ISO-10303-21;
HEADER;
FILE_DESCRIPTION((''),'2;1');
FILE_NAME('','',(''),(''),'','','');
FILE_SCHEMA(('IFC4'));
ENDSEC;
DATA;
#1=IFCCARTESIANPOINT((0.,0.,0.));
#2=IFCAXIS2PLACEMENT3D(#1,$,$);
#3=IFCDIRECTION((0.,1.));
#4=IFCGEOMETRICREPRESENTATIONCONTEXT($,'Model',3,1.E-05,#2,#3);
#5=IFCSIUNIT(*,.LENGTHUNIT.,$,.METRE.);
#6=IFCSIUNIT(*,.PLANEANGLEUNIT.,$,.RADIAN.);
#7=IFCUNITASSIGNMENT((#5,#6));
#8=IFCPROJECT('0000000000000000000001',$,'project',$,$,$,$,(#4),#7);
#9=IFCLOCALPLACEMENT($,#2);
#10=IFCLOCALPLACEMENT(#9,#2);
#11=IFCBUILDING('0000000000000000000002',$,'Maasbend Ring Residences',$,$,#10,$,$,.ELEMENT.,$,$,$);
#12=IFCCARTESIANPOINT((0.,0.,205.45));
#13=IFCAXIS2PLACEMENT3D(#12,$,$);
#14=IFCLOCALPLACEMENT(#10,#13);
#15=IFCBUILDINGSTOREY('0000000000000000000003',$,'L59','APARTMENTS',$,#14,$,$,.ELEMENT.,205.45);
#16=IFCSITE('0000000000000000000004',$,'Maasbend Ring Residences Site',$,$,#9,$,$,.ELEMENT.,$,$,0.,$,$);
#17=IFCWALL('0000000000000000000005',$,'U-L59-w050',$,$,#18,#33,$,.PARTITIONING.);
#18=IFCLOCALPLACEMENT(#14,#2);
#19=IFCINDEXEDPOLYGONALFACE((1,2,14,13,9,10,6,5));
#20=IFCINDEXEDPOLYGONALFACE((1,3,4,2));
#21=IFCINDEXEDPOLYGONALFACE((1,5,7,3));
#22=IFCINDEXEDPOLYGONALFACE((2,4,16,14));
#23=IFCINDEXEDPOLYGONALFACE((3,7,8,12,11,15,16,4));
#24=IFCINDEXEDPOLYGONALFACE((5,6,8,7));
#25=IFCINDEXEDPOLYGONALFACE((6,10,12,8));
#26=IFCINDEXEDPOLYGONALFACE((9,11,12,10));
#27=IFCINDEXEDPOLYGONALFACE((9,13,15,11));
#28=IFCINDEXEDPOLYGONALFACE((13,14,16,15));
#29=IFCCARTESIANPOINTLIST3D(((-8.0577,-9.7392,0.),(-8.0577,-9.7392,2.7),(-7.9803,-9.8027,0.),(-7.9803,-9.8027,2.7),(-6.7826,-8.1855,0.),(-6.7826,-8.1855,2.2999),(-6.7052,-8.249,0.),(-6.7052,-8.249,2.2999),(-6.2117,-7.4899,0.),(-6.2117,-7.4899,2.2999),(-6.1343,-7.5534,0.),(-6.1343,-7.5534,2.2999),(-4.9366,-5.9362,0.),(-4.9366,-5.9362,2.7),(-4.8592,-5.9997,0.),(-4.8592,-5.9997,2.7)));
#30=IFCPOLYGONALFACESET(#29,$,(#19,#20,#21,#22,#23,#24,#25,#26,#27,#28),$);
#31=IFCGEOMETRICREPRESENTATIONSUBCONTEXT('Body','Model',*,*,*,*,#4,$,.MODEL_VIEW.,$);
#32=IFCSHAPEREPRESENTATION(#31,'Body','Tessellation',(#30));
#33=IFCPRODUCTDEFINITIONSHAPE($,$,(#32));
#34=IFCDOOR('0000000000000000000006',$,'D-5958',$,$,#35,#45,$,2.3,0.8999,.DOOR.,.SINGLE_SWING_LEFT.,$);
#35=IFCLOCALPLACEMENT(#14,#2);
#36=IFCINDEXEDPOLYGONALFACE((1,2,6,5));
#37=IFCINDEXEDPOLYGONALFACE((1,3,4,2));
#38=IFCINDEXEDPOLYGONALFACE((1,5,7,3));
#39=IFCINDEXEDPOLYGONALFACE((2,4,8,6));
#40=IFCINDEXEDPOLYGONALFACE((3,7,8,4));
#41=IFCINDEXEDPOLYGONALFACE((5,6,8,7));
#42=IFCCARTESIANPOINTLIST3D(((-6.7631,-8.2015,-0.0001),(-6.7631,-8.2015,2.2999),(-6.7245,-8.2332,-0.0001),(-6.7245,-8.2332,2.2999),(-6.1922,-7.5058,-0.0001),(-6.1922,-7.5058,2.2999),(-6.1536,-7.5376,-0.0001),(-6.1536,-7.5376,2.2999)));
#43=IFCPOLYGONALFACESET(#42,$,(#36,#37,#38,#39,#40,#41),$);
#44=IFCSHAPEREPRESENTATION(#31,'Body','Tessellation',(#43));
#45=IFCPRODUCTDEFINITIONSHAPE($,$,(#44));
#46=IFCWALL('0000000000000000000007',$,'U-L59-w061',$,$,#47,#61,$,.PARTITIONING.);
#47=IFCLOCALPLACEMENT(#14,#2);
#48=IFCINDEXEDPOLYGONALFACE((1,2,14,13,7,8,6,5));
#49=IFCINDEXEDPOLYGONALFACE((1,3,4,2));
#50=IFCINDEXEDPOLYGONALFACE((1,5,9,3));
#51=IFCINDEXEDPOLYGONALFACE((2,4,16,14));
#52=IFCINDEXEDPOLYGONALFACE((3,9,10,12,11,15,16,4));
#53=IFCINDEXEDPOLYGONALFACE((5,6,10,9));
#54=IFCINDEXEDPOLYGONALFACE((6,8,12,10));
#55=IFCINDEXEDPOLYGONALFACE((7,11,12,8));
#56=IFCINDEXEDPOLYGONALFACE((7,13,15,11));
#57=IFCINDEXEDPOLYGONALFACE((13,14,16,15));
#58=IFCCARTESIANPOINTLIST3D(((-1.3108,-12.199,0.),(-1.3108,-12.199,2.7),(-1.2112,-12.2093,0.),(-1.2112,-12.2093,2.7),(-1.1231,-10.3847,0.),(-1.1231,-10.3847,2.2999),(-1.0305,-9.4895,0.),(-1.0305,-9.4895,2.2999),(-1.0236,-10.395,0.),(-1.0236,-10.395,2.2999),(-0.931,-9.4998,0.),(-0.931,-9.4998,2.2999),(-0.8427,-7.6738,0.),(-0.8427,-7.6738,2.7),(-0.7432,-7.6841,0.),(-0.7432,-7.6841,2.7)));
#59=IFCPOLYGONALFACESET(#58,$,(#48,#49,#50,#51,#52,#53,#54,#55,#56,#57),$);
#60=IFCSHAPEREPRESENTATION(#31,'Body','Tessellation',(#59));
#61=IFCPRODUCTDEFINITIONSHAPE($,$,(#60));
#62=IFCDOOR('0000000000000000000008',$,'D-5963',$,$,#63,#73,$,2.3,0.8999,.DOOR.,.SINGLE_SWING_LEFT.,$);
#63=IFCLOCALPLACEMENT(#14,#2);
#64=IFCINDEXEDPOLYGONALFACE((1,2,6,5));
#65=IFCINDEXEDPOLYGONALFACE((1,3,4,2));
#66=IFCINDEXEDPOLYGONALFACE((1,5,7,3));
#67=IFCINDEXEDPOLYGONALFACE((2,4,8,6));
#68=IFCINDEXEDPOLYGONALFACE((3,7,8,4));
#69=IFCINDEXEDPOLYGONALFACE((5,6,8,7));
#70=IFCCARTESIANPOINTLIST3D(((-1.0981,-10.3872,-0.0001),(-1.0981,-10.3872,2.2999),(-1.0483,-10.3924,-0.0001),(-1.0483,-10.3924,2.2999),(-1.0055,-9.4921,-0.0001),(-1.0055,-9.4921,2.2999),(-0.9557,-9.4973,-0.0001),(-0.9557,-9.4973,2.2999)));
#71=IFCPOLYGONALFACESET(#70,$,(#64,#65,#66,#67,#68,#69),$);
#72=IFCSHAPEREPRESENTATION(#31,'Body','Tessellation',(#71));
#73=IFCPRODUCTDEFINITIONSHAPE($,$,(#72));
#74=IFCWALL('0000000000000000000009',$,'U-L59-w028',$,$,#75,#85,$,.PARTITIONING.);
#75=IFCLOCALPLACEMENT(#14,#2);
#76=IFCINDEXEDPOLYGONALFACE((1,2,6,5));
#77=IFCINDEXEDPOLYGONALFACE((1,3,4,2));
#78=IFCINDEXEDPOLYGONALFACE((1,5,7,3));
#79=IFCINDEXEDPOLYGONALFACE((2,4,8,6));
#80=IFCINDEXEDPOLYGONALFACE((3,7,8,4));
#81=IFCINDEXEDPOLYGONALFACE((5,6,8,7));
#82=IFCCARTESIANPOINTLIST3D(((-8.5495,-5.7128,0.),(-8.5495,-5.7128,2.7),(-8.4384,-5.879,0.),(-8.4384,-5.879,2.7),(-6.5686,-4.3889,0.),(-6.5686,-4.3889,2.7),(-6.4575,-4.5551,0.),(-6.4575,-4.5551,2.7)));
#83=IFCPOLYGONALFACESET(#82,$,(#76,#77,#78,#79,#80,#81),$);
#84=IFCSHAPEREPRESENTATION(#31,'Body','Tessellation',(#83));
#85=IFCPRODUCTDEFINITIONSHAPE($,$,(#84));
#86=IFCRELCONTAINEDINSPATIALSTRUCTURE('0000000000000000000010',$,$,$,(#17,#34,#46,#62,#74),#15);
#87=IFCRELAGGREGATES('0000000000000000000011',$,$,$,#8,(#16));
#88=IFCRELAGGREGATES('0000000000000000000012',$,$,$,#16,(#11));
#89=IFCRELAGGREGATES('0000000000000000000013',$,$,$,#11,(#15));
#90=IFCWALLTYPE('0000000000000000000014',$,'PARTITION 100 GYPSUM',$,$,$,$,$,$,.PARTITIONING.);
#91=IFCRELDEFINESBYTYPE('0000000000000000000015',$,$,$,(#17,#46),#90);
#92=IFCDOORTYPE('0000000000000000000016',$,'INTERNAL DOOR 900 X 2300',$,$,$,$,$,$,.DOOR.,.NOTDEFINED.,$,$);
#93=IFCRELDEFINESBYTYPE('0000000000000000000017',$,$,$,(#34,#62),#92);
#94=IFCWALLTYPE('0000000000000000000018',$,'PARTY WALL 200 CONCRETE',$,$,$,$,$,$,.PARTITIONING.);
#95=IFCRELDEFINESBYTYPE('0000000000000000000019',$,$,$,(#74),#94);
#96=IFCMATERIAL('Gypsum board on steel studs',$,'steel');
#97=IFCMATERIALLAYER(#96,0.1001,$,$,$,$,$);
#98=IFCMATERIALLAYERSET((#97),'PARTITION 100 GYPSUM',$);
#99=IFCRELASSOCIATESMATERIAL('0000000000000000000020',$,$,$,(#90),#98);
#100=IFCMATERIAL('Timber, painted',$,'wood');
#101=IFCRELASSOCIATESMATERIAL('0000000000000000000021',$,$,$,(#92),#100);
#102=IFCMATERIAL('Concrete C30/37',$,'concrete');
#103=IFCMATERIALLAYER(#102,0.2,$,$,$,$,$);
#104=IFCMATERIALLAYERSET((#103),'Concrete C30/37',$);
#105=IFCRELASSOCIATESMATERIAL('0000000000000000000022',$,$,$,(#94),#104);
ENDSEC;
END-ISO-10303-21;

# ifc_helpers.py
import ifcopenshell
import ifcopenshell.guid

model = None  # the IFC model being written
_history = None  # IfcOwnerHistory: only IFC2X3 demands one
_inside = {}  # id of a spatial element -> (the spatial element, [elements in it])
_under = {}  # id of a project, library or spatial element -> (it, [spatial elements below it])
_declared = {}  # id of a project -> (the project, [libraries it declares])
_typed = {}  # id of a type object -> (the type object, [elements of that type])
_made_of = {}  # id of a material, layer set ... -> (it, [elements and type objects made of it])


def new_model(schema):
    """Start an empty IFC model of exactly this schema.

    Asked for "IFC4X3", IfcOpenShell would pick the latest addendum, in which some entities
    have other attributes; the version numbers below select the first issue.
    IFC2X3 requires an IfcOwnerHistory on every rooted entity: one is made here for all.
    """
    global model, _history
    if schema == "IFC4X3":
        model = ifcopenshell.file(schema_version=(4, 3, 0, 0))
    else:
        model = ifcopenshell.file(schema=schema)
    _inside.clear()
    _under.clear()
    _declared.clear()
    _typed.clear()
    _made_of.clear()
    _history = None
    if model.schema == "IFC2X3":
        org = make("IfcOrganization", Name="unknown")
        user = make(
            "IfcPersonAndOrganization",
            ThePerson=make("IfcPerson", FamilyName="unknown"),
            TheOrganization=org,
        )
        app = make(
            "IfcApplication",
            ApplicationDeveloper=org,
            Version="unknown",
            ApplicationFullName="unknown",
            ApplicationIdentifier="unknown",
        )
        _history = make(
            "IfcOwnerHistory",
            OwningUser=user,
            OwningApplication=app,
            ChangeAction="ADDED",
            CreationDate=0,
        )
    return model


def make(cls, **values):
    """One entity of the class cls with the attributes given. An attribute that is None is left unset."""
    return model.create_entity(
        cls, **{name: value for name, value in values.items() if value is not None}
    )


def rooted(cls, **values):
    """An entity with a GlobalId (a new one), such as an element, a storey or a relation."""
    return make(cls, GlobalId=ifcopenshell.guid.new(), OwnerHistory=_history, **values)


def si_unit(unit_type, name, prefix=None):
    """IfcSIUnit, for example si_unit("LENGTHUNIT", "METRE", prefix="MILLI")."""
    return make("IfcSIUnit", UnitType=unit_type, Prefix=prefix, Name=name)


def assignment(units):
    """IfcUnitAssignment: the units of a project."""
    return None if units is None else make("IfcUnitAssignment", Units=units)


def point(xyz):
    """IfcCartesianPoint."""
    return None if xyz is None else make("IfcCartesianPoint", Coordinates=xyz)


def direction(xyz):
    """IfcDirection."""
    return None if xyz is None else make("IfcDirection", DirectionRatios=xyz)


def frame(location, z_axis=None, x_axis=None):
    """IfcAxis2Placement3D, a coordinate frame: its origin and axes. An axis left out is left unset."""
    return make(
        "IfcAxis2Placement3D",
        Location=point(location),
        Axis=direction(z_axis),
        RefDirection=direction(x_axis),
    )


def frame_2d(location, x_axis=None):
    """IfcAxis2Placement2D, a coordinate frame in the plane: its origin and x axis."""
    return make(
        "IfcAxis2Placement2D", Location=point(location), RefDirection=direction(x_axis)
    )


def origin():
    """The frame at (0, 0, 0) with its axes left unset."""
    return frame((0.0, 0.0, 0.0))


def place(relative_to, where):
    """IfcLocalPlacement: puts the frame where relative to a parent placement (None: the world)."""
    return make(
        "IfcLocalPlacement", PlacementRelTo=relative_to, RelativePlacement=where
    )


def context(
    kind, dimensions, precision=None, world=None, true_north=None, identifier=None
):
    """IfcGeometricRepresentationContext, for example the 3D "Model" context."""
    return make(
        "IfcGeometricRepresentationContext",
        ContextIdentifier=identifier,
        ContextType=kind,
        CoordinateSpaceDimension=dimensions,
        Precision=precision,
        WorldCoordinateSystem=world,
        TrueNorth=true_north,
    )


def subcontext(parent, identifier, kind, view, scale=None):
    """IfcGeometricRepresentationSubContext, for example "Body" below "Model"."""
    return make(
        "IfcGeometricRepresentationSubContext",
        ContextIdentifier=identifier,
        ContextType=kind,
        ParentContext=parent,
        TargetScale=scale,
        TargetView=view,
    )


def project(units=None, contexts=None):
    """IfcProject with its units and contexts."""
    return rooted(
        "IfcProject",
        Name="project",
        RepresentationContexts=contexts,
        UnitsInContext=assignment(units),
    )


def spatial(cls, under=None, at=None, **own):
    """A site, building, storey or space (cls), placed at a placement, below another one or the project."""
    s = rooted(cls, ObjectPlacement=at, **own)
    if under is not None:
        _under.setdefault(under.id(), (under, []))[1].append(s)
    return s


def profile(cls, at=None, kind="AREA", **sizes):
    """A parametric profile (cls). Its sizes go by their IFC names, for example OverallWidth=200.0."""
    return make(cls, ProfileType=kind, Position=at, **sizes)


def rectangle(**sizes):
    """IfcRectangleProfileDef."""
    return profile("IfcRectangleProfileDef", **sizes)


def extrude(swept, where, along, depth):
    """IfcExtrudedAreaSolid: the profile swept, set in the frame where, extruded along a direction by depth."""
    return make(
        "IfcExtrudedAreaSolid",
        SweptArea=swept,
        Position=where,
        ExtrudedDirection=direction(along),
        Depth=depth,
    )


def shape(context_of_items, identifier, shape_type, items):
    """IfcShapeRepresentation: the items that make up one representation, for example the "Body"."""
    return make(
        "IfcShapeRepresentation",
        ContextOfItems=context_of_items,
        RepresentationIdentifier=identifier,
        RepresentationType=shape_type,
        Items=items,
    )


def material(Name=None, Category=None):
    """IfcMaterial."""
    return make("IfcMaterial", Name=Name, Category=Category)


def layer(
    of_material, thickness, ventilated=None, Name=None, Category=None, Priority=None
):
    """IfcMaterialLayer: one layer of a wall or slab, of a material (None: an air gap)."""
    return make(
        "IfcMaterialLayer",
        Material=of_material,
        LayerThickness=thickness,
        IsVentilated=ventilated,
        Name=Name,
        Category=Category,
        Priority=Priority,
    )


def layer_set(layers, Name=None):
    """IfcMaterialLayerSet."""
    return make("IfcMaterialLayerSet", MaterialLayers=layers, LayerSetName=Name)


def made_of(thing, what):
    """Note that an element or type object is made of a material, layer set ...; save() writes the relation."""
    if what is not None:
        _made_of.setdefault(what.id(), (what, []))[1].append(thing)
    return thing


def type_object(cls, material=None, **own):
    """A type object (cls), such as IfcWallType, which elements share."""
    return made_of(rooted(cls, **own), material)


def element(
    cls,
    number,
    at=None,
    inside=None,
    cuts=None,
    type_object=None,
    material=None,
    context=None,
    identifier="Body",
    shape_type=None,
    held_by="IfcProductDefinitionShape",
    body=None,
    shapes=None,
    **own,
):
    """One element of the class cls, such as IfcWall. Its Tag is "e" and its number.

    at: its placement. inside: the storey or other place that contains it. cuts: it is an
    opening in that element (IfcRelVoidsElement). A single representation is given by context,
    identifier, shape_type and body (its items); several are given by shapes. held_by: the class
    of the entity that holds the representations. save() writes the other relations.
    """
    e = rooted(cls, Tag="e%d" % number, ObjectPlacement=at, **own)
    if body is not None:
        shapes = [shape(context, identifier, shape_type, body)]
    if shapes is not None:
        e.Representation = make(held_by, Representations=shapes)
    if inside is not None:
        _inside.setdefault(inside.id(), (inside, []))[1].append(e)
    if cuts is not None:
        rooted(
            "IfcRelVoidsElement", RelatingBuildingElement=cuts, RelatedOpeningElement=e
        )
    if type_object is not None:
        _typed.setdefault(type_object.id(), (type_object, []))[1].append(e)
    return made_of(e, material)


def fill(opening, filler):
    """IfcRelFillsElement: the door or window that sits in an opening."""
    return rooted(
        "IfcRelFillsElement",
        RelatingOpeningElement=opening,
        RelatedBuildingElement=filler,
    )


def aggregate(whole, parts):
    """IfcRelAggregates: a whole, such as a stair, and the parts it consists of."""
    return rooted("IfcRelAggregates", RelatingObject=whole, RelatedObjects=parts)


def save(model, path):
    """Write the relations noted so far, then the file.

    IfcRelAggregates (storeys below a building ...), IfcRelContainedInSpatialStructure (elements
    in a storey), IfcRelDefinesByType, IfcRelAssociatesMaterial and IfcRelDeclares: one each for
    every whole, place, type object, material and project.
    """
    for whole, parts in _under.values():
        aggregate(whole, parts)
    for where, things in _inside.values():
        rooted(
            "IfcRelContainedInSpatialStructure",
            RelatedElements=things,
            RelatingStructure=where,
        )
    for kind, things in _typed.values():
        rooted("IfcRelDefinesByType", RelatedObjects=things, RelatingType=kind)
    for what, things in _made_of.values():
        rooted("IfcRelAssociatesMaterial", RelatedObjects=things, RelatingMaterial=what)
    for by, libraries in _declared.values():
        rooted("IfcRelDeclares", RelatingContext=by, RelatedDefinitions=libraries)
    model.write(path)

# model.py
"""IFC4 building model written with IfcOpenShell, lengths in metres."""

from ifc_helpers import new_model, si_unit, direction, frame, frame_2d, origin, place, context, subcontext, project, spatial, rectangle, extrude, material, layer, layer_set, type_object, element, fill, save


model = new_model("IFC4")

# Units and contexts
model_context = context("Model", 3, precision=1e-05, world=origin(), true_north=direction((0.0, 1.0)))
body_context = subcontext(model_context, "Body", "Model", "MODEL_VIEW")
ifc_project = project(units=[si_unit("LENGTHUNIT", "METRE"), si_unit("PLANEANGLEUNIT", "RADIAN")], contexts=[model_context])

# Site, building, storey
site_placement = place(None, origin())
site = spatial("IfcSite", under=ifc_project, at=site_placement, Name="Maasbend Ring Residences Site", CompositionType="ELEMENT", RefElevation=0.0)
building_placement = place(site_placement, origin())
building = spatial("IfcBuilding", under=site, at=building_placement, Name="Maasbend Ring Residences", CompositionType="ELEMENT")
storey_placement = place(building_placement, frame((0.0, 0.0, 205.45)))
storey = spatial("IfcBuildingStorey", under=building, at=storey_placement, Name="L59", Description="APARTMENTS", CompositionType="ELEMENT", Elevation=205.45)

# Shared definitions
ifc_material_1 = material(Name="Gypsum board on steel studs", Category="steel")
ifc_layer_1 = layer(ifc_material_1, 0.1001)
ifc_layer_set_1 = layer_set([ifc_layer_1], Name="PARTITION 100 GYPSUM")
wall_type_1 = type_object("IfcWallType", Name="PARTITION 100 GYPSUM", PredefinedType="PARTITIONING", material=ifc_layer_set_1)

# Walls, openings, doors
wall_1_placement = place(storey_placement, frame((-8.019, -9.771, 0.0), z_axis=(0.0, 0.0, 1.0), x_axis=(0.634402, 0.773003, 0.0)))
wall_1 = element("IfcWall", 1, at=wall_1_placement, inside=storey, type_object=wall_type_1, Name="U-L59-w050", PredefinedType="PARTITIONING", context=body_context, shape_type="SweptSolid", body=[
    extrude(rectangle(XDim=4.9197, YDim=0.1001, at=frame_2d((2.46, 0.0))), origin(), (0.0, 0.0, 1.0), 2.7),
])
opening_1_placement = place(wall_1_placement, frame((2.01, 0.0, 0.0)))
opening_1 = element("IfcOpeningElement", 2, at=opening_1_placement, cuts=wall_1, PredefinedType="OPENING", context=body_context, shape_type="SweptSolid", body=[
    extrude(rectangle(XDim=0.8999, YDim=2.3, at=frame_2d((0.45, 1.1499))), frame((0.0, 0.0601, 0.0), z_axis=(0.0, -1.0, 0.0), x_axis=(1.0, 0.0, 0.0)), (0.0, 0.0, 1.0), 0.1201),
])
ifc_material_2 = material(Name="Timber, painted", Category="wood")
door_type_1 = type_object("IfcDoorType", Name="INTERNAL DOOR 900 X 2300", OperationType="NOTDEFINED", PredefinedType="DOOR", material=ifc_material_2)
door_1_placement = place(opening_1_placement, origin())
door_1 = element("IfcDoor", 3, at=door_1_placement, inside=storey, type_object=door_type_1, Name="D-5958", OperationType="SINGLE_SWING_LEFT", OverallHeight=2.3, OverallWidth=0.8999, PredefinedType="DOOR", context=body_context, shape_type="SweptSolid", body=[
    extrude(rectangle(XDim=0.8999, YDim=2.3, at=frame_2d((0.45, 1.1499))), frame((0.0, 0.0249, 0.0), z_axis=(0.0, -1.0, 0.0), x_axis=(1.0, 0.0, 0.0)), (0.0, 0.0, 1.0), 0.05),
])
fill(opening_1, door_1)
wall_2_placement = place(storey_placement, frame((-1.261, -12.2041, 0.0), z_axis=(0.0, 0.0, 1.0), x_axis=(0.102877, 0.994694, 0.0)))
wall_2 = element("IfcWall", 4, at=wall_2_placement, inside=storey, type_object=wall_type_1, Name="U-L59-w061", PredefinedType="PARTITIONING", context=body_context, shape_type="SweptSolid", body=[
    extrude(rectangle(XDim=4.5493, YDim=0.1001, at=frame_2d((2.2747, 0.0))), origin(), (0.0, 0.0, 1.0), 2.7),
])
opening_2_placement = place(wall_2_placement, frame((1.824, 0.0, 0.0)))
opening_2 = element("IfcOpeningElement", 5, at=opening_2_placement, cuts=wall_2, PredefinedType="OPENING", context=body_context, shape_type="SweptSolid", body=[
    extrude(rectangle(XDim=0.8999, YDim=2.3, at=frame_2d((0.45, 1.1499))), frame((0.0, 0.0601, 0.0), z_axis=(0.0, -1.0, 0.0), x_axis=(1.0, 0.0, 0.0)), (0.0, 0.0, 1.0), 0.1201),
])
door_2_placement = place(opening_2_placement, origin())
door_2 = element("IfcDoor", 6, at=door_2_placement, inside=storey, type_object=door_type_1, Name="D-5963", OperationType="SINGLE_SWING_LEFT", OverallHeight=2.3, OverallWidth=0.8999, PredefinedType="DOOR", context=body_context, shape_type="SweptSolid", body=[
    extrude(rectangle(XDim=0.8999, YDim=2.3, at=frame_2d((0.45, 1.1499))), frame((0.0, 0.0249, 0.0), z_axis=(0.0, -1.0, 0.0), x_axis=(1.0, 0.0, 0.0)), (0.0, 0.0, 1.0), 0.05),
])
fill(opening_2, door_2)

# Wall
ifc_material_3 = material(Name="Concrete C30/37", Category="concrete")
ifc_layer_2 = layer(ifc_material_3, 0.2)
ifc_layer_set_2 = layer_set([ifc_layer_2], Name="Concrete C30/37")
wall_type_2 = type_object("IfcWallType", Name="PARTY WALL 200 CONCRETE", PredefinedType="PARTITIONING", material=ifc_layer_set_2)
wall_3_placement = place(storey_placement, frame((-6.5129, -4.4719, 0.0), z_axis=(0.0, 0.0, 1.0), x_axis=(-0.831403, -0.555669, 0.0)))
element("IfcWall", 7, at=wall_3_placement, inside=storey, type_object=wall_type_2, Name="U-L59-w028", PredefinedType="PARTITIONING", context=body_context, shape_type="SweptSolid", body=[
    extrude(rectangle(XDim=2.3826, YDim=0.2, at=frame_2d((1.1914, 0.0))), origin(), (0.0, 0.0, 1.0), 2.7),
])

save(model, "model.ifc")
